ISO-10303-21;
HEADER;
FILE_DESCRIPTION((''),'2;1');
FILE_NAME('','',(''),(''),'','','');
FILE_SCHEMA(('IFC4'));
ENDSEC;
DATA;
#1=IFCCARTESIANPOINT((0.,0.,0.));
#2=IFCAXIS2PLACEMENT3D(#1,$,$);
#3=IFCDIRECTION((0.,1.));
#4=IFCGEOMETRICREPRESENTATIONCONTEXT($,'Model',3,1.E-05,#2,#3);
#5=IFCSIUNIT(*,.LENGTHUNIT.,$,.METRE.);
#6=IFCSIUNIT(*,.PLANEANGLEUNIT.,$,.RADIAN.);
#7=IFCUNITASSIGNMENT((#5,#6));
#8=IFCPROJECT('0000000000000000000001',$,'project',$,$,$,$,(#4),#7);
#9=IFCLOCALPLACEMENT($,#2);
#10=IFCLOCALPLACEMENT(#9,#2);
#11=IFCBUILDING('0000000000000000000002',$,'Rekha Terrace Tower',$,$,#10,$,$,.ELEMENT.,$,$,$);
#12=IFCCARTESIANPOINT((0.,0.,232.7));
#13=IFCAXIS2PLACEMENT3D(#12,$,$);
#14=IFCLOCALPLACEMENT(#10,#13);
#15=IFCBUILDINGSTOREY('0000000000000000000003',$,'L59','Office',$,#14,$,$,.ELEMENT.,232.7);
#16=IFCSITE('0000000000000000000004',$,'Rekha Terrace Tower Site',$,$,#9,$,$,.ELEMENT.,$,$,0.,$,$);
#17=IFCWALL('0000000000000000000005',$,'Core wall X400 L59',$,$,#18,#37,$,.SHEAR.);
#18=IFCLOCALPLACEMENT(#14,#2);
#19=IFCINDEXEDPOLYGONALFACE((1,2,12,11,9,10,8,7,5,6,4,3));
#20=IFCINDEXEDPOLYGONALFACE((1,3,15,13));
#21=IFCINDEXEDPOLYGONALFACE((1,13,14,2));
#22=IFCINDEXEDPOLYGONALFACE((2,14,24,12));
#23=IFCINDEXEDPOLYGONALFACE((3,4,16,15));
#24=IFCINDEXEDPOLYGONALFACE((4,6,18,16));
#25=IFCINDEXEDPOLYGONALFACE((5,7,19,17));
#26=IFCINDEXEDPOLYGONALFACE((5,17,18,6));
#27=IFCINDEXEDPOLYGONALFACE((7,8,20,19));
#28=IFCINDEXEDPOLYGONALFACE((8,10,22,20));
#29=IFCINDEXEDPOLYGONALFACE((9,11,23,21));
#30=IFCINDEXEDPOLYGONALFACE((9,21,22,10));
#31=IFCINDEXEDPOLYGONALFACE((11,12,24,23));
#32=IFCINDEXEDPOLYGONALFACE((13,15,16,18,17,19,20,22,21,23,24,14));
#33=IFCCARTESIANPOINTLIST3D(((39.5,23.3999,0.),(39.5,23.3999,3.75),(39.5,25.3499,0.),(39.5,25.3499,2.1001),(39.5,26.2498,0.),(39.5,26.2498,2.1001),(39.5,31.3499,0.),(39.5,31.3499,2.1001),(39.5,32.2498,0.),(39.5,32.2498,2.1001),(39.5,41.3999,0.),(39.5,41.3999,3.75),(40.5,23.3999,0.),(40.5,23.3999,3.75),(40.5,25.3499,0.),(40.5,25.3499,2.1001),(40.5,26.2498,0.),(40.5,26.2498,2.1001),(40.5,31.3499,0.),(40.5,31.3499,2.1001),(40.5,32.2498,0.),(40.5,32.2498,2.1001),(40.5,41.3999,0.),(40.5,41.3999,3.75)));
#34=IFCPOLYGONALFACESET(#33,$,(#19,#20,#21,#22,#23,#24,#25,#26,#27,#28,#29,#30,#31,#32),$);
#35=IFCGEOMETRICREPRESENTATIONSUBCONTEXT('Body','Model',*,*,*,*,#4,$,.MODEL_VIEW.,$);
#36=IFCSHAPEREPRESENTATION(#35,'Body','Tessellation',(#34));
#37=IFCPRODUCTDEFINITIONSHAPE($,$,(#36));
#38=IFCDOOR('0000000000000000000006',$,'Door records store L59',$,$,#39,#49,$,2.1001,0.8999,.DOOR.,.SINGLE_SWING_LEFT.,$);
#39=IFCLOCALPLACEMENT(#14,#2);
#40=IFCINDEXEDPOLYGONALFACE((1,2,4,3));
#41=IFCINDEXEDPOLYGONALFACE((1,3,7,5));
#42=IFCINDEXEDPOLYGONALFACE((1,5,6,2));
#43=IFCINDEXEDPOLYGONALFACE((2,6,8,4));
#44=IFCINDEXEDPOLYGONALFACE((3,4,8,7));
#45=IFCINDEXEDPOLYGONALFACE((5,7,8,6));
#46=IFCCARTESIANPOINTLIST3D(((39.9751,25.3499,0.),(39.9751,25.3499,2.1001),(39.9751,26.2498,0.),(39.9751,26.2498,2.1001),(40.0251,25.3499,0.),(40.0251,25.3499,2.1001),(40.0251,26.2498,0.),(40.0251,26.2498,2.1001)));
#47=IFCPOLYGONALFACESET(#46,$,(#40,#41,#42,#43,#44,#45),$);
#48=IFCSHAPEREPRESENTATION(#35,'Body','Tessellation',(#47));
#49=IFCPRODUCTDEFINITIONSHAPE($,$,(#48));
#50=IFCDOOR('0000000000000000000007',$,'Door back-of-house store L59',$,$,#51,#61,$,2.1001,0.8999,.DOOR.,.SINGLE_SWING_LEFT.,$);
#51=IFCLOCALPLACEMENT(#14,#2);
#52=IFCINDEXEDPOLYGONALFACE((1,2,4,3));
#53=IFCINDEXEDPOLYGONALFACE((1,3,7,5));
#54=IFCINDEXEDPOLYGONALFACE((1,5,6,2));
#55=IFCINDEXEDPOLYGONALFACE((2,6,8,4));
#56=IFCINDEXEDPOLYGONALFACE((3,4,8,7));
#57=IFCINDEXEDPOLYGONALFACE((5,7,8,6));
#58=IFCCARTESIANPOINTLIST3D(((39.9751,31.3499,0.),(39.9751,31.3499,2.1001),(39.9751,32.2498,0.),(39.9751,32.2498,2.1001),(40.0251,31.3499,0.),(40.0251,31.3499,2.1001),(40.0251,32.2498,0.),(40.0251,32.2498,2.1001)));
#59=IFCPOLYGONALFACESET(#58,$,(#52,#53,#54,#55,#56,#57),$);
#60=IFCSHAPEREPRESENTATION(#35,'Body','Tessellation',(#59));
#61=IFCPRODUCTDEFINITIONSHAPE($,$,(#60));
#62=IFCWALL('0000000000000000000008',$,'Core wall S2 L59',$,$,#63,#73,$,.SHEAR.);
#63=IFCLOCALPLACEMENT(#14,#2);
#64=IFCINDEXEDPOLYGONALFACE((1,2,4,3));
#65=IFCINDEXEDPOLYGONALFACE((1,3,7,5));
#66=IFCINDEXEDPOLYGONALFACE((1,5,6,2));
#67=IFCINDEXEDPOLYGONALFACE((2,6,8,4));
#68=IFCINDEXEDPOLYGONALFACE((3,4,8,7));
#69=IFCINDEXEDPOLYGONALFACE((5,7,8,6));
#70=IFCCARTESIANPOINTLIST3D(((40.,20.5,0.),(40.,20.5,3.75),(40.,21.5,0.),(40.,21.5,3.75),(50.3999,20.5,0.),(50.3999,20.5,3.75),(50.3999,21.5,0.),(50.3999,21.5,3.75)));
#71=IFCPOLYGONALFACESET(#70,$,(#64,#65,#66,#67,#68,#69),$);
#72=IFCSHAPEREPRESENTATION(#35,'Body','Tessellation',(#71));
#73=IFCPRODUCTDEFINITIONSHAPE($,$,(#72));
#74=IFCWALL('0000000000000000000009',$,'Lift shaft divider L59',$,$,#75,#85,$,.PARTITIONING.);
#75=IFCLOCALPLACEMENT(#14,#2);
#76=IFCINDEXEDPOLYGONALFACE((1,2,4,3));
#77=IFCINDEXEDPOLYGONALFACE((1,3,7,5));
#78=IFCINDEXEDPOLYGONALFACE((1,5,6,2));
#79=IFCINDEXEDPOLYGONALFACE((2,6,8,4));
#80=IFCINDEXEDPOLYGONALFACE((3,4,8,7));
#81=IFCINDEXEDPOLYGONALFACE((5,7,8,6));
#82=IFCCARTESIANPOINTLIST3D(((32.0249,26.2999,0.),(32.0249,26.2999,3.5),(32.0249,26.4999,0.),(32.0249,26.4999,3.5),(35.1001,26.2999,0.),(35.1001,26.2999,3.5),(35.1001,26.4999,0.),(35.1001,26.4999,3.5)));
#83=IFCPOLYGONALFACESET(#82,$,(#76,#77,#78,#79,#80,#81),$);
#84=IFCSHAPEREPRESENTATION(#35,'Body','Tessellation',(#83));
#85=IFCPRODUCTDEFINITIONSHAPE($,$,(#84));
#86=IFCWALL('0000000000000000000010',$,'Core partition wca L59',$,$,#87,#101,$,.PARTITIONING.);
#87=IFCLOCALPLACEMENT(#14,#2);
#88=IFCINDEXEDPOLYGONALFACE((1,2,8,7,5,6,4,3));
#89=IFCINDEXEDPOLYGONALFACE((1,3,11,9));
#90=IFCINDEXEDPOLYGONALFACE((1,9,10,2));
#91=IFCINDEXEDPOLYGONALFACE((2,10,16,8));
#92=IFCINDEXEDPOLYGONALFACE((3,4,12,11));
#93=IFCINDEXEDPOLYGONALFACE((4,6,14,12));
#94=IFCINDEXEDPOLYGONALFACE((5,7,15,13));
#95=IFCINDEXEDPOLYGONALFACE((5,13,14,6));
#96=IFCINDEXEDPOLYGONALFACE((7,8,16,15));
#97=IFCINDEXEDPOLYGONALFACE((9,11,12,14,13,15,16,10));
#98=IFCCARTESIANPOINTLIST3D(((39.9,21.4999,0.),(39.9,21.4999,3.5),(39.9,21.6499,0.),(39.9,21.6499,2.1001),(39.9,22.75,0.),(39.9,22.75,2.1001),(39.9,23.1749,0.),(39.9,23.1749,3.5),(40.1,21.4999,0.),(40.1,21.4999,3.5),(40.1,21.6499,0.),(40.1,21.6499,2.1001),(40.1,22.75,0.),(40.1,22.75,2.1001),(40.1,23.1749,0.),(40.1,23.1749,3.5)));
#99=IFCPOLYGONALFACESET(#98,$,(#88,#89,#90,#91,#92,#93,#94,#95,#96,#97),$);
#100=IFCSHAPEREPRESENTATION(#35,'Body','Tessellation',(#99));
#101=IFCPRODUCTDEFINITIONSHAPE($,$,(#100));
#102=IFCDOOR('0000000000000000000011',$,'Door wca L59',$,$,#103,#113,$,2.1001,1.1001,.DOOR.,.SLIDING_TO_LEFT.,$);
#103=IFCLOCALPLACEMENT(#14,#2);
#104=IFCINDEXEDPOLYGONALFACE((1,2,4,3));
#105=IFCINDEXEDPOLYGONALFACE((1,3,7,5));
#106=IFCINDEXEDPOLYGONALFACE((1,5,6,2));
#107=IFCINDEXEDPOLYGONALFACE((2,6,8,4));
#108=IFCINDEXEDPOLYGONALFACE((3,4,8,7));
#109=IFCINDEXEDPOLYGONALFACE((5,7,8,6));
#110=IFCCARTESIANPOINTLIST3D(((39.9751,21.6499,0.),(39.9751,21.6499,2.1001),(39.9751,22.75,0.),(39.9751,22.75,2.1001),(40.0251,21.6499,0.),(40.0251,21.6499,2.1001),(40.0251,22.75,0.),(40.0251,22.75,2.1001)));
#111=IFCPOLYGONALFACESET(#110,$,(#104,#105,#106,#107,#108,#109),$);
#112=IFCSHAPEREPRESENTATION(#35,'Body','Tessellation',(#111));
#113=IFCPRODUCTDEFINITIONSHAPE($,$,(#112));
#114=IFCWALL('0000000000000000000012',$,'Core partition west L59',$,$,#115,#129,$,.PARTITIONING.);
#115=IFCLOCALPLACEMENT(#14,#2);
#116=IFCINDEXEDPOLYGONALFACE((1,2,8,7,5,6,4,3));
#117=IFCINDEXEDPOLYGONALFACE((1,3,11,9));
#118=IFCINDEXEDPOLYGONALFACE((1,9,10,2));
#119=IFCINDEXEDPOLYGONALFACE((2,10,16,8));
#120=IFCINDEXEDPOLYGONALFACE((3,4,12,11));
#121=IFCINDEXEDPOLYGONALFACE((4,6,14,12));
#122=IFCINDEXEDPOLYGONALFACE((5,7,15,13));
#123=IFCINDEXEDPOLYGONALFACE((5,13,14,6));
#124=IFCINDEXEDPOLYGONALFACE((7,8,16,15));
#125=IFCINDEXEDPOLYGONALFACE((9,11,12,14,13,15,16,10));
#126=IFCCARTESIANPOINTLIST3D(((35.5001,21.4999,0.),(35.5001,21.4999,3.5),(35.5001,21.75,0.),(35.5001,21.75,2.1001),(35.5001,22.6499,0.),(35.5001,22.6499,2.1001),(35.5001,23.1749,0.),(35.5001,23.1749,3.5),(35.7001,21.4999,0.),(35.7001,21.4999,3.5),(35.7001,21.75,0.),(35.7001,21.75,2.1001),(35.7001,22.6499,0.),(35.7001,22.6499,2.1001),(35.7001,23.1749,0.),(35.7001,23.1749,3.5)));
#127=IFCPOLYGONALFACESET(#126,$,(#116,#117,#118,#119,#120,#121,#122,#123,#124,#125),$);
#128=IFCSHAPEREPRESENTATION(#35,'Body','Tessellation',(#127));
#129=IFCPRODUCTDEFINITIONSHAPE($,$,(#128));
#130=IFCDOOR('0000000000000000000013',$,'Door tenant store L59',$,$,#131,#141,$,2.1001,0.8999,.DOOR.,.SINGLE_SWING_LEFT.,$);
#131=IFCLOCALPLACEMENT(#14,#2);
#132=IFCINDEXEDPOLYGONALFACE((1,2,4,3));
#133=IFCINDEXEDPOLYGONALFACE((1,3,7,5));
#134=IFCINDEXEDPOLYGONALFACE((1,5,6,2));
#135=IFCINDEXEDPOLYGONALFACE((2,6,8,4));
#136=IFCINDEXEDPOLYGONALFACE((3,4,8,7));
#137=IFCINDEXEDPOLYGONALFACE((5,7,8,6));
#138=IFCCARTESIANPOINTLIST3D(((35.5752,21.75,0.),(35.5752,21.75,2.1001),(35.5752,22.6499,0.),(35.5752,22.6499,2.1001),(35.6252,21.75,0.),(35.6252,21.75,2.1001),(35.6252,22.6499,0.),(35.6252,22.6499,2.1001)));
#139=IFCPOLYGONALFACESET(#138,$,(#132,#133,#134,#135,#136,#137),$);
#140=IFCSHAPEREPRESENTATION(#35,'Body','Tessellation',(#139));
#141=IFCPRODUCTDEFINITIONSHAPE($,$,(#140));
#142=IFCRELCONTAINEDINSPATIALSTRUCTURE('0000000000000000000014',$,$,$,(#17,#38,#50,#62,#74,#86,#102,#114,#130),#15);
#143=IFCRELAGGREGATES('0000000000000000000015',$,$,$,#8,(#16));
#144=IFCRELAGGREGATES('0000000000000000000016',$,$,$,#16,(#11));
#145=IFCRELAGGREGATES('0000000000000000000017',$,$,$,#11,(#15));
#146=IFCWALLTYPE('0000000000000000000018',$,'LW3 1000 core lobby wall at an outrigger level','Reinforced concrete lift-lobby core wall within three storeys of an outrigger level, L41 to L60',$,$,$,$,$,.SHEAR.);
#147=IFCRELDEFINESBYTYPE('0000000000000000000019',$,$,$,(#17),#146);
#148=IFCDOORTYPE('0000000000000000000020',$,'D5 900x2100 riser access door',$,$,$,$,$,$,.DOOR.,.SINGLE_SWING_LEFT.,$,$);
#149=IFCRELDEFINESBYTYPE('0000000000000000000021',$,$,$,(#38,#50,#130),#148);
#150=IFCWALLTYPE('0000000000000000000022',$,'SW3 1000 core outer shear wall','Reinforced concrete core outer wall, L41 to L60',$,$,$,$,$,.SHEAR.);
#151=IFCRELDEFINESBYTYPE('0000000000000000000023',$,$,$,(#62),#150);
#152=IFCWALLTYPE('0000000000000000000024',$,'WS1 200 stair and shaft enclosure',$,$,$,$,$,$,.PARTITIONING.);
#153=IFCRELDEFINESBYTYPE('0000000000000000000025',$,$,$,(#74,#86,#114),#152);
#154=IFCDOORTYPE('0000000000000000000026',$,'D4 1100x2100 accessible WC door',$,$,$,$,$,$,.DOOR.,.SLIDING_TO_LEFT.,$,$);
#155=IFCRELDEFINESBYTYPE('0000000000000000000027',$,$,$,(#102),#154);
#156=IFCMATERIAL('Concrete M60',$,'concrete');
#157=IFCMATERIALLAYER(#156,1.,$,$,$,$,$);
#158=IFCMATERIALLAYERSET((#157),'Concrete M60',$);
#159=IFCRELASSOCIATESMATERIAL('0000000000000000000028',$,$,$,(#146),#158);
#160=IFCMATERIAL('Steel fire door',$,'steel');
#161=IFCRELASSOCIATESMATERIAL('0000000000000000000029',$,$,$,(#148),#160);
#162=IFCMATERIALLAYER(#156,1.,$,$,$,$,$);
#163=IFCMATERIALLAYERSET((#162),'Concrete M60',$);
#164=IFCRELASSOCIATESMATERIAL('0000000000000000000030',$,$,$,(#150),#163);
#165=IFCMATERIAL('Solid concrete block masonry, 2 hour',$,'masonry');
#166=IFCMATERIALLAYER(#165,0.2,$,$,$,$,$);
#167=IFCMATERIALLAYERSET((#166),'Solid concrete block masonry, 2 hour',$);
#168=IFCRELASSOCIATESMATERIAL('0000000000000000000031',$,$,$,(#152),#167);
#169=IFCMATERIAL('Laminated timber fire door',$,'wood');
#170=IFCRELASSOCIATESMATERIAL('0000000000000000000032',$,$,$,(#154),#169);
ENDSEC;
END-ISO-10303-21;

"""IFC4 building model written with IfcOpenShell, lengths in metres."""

from ifc_helpers import new_model, si_unit, direction, frame, frame_2d, origin, place, context, subcontext, project, spatial, rectangle, extrude, material, layer, layer_set, type_object, element, fill, save


model = new_model("IFC4")

# Units and contexts
model_context = context("Model", 3, precision=1e-05, world=origin(), true_north=direction((0.0, 1.0)))
body_context = subcontext(model_context, "Body", "Model", "MODEL_VIEW")
ifc_project = project(units=[si_unit("LENGTHUNIT", "METRE"), si_unit("PLANEANGLEUNIT", "RADIAN")], contexts=[model_context])

# Site, building, storey
site_placement = place(None, origin())
site = spatial("IfcSite", under=ifc_project, at=site_placement, Name="Rekha Terrace Tower Site", CompositionType="ELEMENT", RefElevation=0.0)
building_placement = place(site_placement, origin())
building = spatial("IfcBuilding", under=site, at=building_placement, Name="Rekha Terrace Tower", CompositionType="ELEMENT")
storey_placement = place(building_placement, frame((0.0, 0.0, 232.7)))
storey = spatial("IfcBuildingStorey", under=building, at=storey_placement, Name="L59", Description="Office", CompositionType="ELEMENT", Elevation=232.7)

# Shared definitions
ifc_material_1 = material(Name="Concrete M60", Category="concrete")

# Wall, openings, doors
ifc_layer_1 = layer(ifc_material_1, 1.0)
ifc_layer_set_1 = layer_set([ifc_layer_1], Name="Concrete M60")
wall_type_1 = type_object("IfcWallType", Name="LW3 1000 core lobby wall at an outrigger level", Description="Reinforced concrete lift-lobby core wall within three storeys of an outrigger level, L41 to L60", PredefinedType="SHEAR", material=ifc_layer_set_1)
wall_1_placement = place(storey_placement, frame((40.0, 23.3999, 0.0), z_axis=(0.0, 0.0, 1.0), x_axis=(0.0, 1.0, 0.0)))
wall_1 = element("IfcWall", 1, at=wall_1_placement, inside=storey, type_object=wall_type_1, Name="Core wall X400 L59", PredefinedType="SHEAR", context=body_context, shape_type="SweptSolid", body=[
    extrude(rectangle(XDim=18.0, YDim=1.0, at=frame_2d((9.0, 0.0))), origin(), (0.0, 0.0, 1.0), 3.75),
])
opening_1_placement = place(wall_1_placement, frame((1.95, 0.0, 0.0)))
opening_1 = element("IfcOpeningElement", 2, at=opening_1_placement, cuts=wall_1, PredefinedType="OPENING", context=body_context, shape_type="SweptSolid", body=[
    extrude(rectangle(XDim=0.8999, YDim=2.1001, at=frame_2d((0.45, 1.05))), frame((0.0, 0.51, 0.0), z_axis=(0.0, -1.0, 0.0), x_axis=(1.0, 0.0, 0.0)), (0.0, 0.0, 1.0), 1.02),
])
opening_2_placement = place(wall_1_placement, frame((7.95, 0.0, 0.0)))
opening_2 = element("IfcOpeningElement", 3, at=opening_2_placement, cuts=wall_1, PredefinedType="OPENING", context=body_context, shape_type="SweptSolid", body=[
    extrude(rectangle(XDim=0.8999, YDim=2.1001, at=frame_2d((0.45, 1.05))), frame((0.0, 0.51, 0.0), z_axis=(0.0, -1.0, 0.0), x_axis=(1.0, 0.0, 0.0)), (0.0, 0.0, 1.0), 1.02),
])
ifc_material_2 = material(Name="Steel fire door", Category="steel")
door_type_1 = type_object("IfcDoorType", Name="D5 900x2100 riser access door", OperationType="SINGLE_SWING_LEFT", PredefinedType="DOOR", material=ifc_material_2)
door_1_placement = place(opening_1_placement, origin())
door_1 = element("IfcDoor", 4, at=door_1_placement, inside=storey, type_object=door_type_1, Name="Door records store L59", OperationType="SINGLE_SWING_LEFT", OverallHeight=2.1001, OverallWidth=0.8999, PredefinedType="DOOR", context=body_context, shape_type="SweptSolid", body=[
    extrude(rectangle(XDim=0.8999, YDim=2.1001, at=frame_2d((0.45, 1.05))), frame((0.0, 0.0249, 0.0), z_axis=(0.0, -1.0, 0.0), x_axis=(1.0, 0.0, 0.0)), (0.0, 0.0, 1.0), 0.05),
])
fill(opening_1, door_1)
door_2_placement = place(opening_2_placement, origin())
door_2 = element("IfcDoor", 5, at=door_2_placement, inside=storey, type_object=door_type_1, Name="Door back-of-house store L59", OperationType="SINGLE_SWING_LEFT", OverallHeight=2.1001, OverallWidth=0.8999, PredefinedType="DOOR", context=body_context, shape_type="SweptSolid", body=[
    extrude(rectangle(XDim=0.8999, YDim=2.1001, at=frame_2d((0.45, 1.05))), frame((0.0, 0.0249, 0.0), z_axis=(0.0, -1.0, 0.0), x_axis=(1.0, 0.0, 0.0)), (0.0, 0.0, 1.0), 0.05),
])
fill(opening_2, door_2)

# Walls
ifc_layer_2 = layer(ifc_material_1, 1.0)
ifc_layer_set_2 = layer_set([ifc_layer_2], Name="Concrete M60")
wall_type_2 = type_object("IfcWallType", Name="SW3 1000 core outer shear wall", Description="Reinforced concrete core outer wall, L41 to L60", PredefinedType="SHEAR", material=ifc_layer_set_2)
wall_2_placement = place(storey_placement, frame((40.0, 21.0, 0.0), z_axis=(0.0, 0.0, 1.0), x_axis=(1.0, 0.0, 0.0)))
element("IfcWall", 6, at=wall_2_placement, inside=storey, type_object=wall_type_2, Name="Core wall S2 L59", PredefinedType="SHEAR", context=body_context, shape_type="SweptSolid", body=[
    extrude(rectangle(XDim=10.3999, YDim=1.0, at=frame_2d((5.2, 0.0))), origin(), (0.0, 0.0, 1.0), 3.75),
])
ifc_material_3 = material(Name="Solid concrete block masonry, 2 hour", Category="masonry")
ifc_layer_3 = layer(ifc_material_3, 0.2)
ifc_layer_set_3 = layer_set([ifc_layer_3], Name="Solid concrete block masonry, 2 hour")
wall_type_3 = type_object("IfcWallType", Name="WS1 200 stair and shaft enclosure", PredefinedType="PARTITIONING", material=ifc_layer_set_3)
wall_3_placement = place(storey_placement, frame((32.0249, 26.3999, 0.0), z_axis=(0.0, 0.0, 1.0), x_axis=(1.0, 0.0, 0.0)))
element("IfcWall", 7, at=wall_3_placement, inside=storey, type_object=wall_type_3, Name="Lift shaft divider L59", PredefinedType="PARTITIONING", context=body_context, shape_type="SweptSolid", body=[
    extrude(rectangle(XDim=3.0752, YDim=0.2, at=frame_2d((1.5376, 0.0))), origin(), (0.0, 0.0, 1.0), 3.5),
])

# Walls, openings, doors
wall_4_placement = place(storey_placement, frame((40.0, 21.5, 0.0), z_axis=(0.0, 0.0, 1.0), x_axis=(0.0, 1.0, 0.0)))
wall_4 = element("IfcWall", 8, at=wall_4_placement, inside=storey, type_object=wall_type_3, Name="Core partition wca L59", PredefinedType="PARTITIONING", context=body_context, shape_type="SweptSolid", body=[
    extrude(rectangle(XDim=1.675, YDim=0.2, at=frame_2d((0.8374, 0.0))), origin(), (0.0, 0.0, 1.0), 3.5),
])
opening_3_placement = place(wall_4_placement, frame((0.1499, 0.0, 0.0)))
opening_3 = element("IfcOpeningElement", 9, at=opening_3_placement, cuts=wall_4, PredefinedType="OPENING", context=body_context, shape_type="SweptSolid", body=[
    extrude(rectangle(XDim=1.1001, YDim=2.1001, at=frame_2d((0.55, 1.05))), frame((0.0, 0.1099, 0.0), z_axis=(0.0, -1.0, 0.0), x_axis=(1.0, 0.0, 0.0)), (0.0, 0.0, 1.0), 0.22),
])
ifc_material_4 = material(Name="Laminated timber fire door", Category="wood")
door_type_2 = type_object("IfcDoorType", Name="D4 1100x2100 accessible WC door", OperationType="SLIDING_TO_LEFT", PredefinedType="DOOR", material=ifc_material_4)
door_3_placement = place(opening_3_placement, origin())
door_3 = element("IfcDoor", 10, at=door_3_placement, inside=storey, type_object=door_type_2, Name="Door wca L59", OperationType="SLIDING_TO_LEFT", OverallHeight=2.1001, OverallWidth=1.1001, PredefinedType="DOOR", context=body_context, shape_type="SweptSolid", body=[
    extrude(rectangle(XDim=1.1001, YDim=2.1001, at=frame_2d((0.55, 1.05))), frame((0.0, 0.0249, 0.0), z_axis=(0.0, -1.0, 0.0), x_axis=(1.0, 0.0, 0.0)), (0.0, 0.0, 1.0), 0.05),
])
fill(opening_3, door_3)
wall_5_placement = place(storey_placement, frame((35.6001, 21.5, 0.0), z_axis=(0.0, 0.0, 1.0), x_axis=(0.0, 1.0, 0.0)))
wall_5 = element("IfcWall", 11, at=wall_5_placement, inside=storey, type_object=wall_type_3, Name="Core partition west L59", PredefinedType="PARTITIONING", context=body_context, shape_type="SweptSolid", body=[
    extrude(rectangle(XDim=1.675, YDim=0.2, at=frame_2d((0.8374, 0.0))), origin(), (0.0, 0.0, 1.0), 3.5),
])
opening_4_placement = place(wall_5_placement, frame((0.25, 0.0, 0.0)))
opening_4 = element("IfcOpeningElement", 12, at=opening_4_placement, cuts=wall_5, PredefinedType="OPENING", context=body_context, shape_type="SweptSolid", body=[
    extrude(rectangle(XDim=0.8999, YDim=2.1001, at=frame_2d((0.45, 1.05))), frame((0.0, 0.1099, 0.0), z_axis=(0.0, -1.0, 0.0), x_axis=(1.0, 0.0, 0.0)), (0.0, 0.0, 1.0), 0.22),
])
door_4_placement = place(opening_4_placement, origin())
door_4 = element("IfcDoor", 13, at=door_4_placement, inside=storey, type_object=door_type_1, Name="Door tenant store L59", OperationType="SINGLE_SWING_LEFT", OverallHeight=2.1001, OverallWidth=0.8999, PredefinedType="DOOR", context=body_context, shape_type="SweptSolid", body=[
    extrude(rectangle(XDim=0.8999, YDim=2.1001, at=frame_2d((0.45, 1.05))), frame((0.0, 0.0249, 0.0), z_axis=(0.0, -1.0, 0.0), x_axis=(1.0, 0.0, 0.0)), (0.0, 0.0, 1.0), 0.05),
])
fill(opening_4, door_4)

save(model, "model.ifc")
